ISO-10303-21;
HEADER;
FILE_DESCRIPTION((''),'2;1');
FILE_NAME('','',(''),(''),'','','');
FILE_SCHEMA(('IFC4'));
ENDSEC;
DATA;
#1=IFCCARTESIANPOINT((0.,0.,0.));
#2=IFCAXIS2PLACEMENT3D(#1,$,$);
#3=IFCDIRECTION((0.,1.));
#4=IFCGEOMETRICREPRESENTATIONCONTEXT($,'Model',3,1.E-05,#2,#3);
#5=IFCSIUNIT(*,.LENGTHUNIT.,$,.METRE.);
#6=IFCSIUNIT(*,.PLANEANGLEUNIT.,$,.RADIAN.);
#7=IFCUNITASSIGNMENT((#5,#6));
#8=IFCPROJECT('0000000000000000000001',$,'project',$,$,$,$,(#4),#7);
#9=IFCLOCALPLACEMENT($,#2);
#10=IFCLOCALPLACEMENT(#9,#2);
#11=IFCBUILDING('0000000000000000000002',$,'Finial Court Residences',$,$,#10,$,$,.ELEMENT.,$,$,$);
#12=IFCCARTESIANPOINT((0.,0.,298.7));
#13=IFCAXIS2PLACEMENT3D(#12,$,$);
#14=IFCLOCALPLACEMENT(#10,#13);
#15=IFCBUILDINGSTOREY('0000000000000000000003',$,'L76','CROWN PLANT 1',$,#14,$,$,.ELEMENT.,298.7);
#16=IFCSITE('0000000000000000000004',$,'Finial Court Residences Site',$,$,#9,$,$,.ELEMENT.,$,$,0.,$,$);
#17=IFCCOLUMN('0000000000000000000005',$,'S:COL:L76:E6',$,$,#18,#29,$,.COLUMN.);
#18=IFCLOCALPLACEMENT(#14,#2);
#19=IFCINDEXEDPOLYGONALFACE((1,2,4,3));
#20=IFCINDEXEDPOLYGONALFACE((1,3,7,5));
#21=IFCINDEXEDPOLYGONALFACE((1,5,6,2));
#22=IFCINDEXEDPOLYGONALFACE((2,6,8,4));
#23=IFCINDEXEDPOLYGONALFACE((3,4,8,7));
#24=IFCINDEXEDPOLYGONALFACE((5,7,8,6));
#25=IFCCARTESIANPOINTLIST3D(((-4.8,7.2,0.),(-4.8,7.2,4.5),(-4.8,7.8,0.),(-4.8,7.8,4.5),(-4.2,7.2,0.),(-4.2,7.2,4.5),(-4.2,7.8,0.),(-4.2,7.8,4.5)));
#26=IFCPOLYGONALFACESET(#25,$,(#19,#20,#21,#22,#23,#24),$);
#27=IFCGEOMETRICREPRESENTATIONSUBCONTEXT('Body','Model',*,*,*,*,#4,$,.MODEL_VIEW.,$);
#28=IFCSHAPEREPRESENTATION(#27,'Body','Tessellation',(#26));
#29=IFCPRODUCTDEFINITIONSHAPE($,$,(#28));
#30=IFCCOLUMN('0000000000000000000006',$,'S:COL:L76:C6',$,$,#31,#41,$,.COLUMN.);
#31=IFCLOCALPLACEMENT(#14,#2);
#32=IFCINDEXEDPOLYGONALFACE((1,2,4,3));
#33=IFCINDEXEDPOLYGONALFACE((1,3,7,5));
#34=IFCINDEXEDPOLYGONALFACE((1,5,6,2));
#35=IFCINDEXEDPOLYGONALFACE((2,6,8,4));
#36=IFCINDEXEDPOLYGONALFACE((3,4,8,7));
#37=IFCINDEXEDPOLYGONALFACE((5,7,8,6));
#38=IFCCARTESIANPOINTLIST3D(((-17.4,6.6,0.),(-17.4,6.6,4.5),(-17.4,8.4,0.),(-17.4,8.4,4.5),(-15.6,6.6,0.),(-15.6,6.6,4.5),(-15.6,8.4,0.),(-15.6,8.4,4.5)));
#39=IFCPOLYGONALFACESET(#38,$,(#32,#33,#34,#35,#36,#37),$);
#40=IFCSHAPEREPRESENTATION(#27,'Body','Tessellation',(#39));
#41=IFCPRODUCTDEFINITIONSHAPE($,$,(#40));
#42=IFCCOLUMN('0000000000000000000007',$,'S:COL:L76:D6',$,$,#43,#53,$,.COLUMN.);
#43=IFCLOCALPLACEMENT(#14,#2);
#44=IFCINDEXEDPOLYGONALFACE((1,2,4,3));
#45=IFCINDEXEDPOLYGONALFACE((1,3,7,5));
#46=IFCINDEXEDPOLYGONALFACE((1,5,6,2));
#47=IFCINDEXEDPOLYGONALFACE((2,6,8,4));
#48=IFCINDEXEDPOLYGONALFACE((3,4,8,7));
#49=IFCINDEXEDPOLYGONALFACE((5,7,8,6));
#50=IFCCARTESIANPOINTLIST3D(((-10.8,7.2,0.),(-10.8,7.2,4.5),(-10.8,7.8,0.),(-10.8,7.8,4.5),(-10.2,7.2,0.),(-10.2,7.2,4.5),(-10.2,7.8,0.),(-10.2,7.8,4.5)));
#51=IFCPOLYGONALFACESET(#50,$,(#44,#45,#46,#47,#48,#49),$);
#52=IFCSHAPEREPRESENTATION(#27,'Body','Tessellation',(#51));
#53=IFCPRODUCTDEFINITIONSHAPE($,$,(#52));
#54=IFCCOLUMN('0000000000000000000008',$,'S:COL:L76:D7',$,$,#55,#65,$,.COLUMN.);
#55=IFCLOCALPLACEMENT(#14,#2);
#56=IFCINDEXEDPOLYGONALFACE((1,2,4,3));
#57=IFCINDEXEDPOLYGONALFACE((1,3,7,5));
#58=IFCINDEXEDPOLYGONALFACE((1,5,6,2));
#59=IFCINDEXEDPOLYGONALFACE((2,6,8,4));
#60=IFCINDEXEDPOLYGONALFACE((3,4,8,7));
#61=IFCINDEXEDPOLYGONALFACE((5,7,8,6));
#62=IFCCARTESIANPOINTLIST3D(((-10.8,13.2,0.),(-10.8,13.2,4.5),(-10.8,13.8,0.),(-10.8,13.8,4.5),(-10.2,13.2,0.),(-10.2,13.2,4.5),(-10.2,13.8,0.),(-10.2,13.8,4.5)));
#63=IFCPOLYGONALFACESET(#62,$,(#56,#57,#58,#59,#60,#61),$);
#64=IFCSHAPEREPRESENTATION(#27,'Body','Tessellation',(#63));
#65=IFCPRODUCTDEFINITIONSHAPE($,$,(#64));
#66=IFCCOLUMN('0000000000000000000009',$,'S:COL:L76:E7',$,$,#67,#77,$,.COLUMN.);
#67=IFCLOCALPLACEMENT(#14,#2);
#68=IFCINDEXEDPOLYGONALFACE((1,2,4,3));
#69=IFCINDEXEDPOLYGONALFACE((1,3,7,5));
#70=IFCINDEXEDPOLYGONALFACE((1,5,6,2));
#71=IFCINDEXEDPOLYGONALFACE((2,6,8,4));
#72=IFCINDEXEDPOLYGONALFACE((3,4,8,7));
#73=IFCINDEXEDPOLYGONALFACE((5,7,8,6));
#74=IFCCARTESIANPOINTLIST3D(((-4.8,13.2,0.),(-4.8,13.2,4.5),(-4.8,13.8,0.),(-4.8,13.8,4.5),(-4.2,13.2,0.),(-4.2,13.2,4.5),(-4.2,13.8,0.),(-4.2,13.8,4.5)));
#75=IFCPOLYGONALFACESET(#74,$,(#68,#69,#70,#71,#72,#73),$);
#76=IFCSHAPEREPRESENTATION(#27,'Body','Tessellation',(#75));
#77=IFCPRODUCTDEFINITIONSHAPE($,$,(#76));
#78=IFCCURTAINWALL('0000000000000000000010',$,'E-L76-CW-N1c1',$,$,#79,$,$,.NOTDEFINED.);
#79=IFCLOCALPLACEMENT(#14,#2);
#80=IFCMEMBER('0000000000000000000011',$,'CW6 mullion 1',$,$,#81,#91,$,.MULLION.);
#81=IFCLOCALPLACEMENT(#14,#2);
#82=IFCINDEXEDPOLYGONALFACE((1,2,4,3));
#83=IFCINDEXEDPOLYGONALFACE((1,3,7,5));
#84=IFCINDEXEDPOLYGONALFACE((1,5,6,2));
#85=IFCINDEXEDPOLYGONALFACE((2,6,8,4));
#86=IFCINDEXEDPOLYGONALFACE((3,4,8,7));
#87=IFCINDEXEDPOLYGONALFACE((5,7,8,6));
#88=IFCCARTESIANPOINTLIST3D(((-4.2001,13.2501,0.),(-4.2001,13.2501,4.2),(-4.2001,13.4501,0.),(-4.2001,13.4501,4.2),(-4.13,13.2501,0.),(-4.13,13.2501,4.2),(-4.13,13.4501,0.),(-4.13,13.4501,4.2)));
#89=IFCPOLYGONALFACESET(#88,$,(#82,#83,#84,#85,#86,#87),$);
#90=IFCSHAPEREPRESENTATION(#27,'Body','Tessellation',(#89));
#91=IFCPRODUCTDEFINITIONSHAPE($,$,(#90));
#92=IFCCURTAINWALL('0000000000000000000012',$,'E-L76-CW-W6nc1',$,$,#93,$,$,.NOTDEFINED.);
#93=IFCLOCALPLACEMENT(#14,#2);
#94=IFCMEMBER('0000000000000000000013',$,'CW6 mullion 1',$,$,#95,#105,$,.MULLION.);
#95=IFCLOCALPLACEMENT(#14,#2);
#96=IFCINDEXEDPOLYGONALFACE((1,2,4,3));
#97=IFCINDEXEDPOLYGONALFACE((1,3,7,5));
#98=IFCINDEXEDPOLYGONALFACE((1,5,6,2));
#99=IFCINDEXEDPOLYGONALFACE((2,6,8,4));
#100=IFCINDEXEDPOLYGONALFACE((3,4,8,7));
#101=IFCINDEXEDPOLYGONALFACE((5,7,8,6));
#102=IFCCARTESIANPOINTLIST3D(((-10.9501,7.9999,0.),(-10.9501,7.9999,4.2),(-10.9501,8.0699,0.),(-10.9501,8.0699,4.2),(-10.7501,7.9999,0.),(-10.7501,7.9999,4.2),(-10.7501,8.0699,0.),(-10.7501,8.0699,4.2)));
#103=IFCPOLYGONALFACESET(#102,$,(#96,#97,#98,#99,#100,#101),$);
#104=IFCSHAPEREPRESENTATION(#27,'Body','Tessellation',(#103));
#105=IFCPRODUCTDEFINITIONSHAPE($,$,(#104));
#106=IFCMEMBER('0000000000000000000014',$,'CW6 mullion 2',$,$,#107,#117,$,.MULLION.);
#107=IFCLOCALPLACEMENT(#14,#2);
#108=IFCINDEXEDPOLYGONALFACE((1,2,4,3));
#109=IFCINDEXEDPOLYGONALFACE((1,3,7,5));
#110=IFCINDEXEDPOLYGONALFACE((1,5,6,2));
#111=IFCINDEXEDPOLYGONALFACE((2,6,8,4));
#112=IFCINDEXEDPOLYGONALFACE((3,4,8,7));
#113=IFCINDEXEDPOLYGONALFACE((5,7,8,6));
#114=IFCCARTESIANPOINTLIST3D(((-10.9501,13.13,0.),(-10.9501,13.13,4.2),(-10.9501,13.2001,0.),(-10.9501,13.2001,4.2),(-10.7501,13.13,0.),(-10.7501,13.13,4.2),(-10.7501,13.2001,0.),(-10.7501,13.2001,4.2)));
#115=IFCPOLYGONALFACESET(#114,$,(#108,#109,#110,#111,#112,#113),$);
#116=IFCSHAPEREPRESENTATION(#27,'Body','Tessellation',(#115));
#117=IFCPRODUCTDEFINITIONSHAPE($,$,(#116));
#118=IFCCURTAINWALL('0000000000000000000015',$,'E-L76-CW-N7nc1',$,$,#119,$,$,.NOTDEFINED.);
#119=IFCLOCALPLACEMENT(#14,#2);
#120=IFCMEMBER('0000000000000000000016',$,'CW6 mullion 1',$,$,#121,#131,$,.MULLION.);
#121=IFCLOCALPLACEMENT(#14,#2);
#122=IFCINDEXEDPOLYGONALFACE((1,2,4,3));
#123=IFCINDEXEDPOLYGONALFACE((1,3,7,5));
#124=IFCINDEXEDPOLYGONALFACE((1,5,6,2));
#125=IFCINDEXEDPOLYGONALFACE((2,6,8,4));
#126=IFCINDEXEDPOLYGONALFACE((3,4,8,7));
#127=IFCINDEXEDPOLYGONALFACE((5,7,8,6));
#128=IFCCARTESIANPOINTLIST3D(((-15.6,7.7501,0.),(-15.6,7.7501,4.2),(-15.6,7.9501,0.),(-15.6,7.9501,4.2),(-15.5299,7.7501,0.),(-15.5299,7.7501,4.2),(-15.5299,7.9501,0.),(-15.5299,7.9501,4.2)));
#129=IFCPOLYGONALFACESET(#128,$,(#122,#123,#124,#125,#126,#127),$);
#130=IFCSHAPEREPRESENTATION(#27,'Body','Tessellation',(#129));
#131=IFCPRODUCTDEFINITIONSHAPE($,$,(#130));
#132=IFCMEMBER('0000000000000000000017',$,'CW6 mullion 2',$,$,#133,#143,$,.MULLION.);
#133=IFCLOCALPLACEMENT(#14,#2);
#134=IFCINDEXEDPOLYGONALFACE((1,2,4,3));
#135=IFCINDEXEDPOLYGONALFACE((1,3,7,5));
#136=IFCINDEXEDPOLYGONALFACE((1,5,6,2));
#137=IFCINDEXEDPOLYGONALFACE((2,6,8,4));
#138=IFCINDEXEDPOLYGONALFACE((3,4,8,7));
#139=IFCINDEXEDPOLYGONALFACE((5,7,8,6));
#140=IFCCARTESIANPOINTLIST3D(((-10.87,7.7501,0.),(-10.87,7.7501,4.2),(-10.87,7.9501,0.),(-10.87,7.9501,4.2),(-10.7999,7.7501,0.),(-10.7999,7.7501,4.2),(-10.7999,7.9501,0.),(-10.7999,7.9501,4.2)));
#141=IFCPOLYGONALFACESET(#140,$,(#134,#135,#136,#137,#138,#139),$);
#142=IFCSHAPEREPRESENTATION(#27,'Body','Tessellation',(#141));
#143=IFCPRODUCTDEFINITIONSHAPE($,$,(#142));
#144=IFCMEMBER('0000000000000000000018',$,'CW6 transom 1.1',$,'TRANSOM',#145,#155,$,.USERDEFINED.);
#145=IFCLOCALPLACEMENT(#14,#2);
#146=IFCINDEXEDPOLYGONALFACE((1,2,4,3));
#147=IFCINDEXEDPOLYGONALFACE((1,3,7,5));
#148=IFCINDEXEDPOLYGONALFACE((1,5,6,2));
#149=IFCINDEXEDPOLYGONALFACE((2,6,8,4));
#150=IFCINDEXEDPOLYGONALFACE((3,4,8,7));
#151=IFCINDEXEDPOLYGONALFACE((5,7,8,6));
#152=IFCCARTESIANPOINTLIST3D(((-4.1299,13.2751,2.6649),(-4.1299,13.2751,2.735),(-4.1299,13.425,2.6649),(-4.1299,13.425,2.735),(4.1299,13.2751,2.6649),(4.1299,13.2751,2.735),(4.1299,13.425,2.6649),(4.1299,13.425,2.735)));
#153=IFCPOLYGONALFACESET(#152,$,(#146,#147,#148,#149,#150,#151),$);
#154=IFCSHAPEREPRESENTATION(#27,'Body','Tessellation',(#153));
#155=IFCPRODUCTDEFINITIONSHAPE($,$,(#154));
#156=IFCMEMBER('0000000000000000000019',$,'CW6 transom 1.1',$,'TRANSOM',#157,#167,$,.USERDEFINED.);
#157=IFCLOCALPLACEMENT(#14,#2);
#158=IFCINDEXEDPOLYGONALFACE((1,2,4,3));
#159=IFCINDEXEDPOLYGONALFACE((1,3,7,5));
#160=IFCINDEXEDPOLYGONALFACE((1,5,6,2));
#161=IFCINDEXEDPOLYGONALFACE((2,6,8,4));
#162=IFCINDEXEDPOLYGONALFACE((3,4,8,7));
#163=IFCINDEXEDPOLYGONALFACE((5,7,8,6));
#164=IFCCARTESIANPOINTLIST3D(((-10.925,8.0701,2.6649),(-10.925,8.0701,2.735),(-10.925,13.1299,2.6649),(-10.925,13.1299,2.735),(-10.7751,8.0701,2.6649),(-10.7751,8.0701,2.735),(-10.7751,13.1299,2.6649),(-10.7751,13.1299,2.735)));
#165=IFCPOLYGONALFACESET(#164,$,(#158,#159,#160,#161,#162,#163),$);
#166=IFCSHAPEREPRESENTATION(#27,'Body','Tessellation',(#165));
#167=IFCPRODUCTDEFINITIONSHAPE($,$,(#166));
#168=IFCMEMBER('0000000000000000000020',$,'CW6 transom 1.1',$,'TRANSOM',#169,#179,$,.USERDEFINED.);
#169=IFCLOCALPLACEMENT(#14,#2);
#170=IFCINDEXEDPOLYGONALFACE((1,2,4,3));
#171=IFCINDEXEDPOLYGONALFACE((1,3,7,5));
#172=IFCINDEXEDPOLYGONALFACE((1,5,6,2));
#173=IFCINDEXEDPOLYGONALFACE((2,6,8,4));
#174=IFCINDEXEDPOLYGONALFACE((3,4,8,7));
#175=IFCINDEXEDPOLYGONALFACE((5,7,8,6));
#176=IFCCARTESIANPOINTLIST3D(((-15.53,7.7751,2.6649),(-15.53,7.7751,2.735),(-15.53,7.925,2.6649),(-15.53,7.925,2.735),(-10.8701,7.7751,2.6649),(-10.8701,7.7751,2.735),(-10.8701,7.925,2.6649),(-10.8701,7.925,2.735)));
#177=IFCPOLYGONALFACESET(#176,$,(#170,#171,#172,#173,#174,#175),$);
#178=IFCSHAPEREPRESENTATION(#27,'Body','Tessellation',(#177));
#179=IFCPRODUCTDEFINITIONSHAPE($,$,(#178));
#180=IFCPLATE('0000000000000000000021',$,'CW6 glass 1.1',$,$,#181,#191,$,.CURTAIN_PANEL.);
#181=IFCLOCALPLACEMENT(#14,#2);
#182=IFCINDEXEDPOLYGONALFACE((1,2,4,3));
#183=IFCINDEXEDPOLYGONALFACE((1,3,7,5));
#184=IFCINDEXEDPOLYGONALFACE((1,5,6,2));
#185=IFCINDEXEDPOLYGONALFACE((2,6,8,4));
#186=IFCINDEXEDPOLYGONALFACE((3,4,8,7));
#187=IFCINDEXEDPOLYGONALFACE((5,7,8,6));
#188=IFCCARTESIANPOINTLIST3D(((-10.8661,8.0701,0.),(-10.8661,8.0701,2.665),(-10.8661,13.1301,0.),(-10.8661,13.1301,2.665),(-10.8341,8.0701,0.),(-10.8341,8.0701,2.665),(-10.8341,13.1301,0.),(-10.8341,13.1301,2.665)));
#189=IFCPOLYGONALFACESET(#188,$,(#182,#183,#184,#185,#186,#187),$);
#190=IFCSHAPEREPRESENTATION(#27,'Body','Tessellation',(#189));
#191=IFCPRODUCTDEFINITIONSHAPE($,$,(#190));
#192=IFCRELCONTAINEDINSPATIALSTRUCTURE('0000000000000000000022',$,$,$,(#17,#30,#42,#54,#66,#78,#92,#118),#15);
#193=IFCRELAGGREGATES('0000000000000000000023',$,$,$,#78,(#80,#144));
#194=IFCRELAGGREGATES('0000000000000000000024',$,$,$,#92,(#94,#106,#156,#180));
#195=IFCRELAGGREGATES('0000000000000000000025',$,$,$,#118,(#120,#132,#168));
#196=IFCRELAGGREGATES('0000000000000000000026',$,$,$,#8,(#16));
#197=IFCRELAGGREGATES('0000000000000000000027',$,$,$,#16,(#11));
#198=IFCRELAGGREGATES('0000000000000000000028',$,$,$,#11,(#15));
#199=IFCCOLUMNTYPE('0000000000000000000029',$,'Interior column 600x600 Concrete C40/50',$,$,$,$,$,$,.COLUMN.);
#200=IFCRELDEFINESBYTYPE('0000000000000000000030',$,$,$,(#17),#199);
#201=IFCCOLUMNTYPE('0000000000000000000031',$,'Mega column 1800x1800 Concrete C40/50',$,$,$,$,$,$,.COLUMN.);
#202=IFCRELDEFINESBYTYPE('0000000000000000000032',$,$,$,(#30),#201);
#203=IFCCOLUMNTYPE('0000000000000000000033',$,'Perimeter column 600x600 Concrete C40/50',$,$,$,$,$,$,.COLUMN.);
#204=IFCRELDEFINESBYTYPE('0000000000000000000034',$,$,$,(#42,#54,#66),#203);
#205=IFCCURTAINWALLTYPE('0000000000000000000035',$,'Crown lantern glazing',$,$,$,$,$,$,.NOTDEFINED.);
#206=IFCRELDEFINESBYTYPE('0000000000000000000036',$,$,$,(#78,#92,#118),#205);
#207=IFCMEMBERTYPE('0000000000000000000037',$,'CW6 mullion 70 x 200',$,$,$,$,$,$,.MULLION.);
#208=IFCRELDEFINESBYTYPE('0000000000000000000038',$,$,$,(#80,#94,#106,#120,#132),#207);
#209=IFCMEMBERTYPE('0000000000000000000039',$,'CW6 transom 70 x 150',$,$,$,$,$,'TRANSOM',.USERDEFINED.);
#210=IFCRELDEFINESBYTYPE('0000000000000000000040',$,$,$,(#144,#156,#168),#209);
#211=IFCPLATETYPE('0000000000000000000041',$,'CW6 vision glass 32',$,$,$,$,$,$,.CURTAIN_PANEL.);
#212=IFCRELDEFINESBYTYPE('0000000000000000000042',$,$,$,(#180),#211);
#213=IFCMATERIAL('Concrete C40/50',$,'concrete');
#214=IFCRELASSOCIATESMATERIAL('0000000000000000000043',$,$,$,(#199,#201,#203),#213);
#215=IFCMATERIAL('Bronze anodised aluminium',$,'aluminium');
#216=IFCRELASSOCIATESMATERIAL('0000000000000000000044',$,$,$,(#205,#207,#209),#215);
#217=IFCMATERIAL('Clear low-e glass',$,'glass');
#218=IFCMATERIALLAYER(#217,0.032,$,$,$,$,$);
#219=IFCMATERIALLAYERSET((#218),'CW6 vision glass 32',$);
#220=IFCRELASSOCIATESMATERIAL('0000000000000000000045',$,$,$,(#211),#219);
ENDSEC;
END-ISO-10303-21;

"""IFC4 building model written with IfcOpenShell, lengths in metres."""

from ifc_helpers import new_model, si_unit, direction, frame, origin, origin_2d, place, context, subcontext, project, spatial, rectangle, extrude, material, layer, layer_set, material_profile, profile_set, type_object, element, aggregate, save


model = new_model("IFC4")

# Units and contexts
model_context = context("Model", 3, precision=1e-05, world=origin(), true_north=direction((0.0, 1.0)))
body_context = subcontext(model_context, "Body", "Model", "MODEL_VIEW")
ifc_project = project(units=[si_unit("LENGTHUNIT", "METRE"), si_unit("PLANEANGLEUNIT", "RADIAN")], contexts=[model_context])

# Site, building, storey
site_placement = place(None, origin())
site = spatial("IfcSite", under=ifc_project, at=site_placement, Name="Finial Court Residences Site", CompositionType="ELEMENT", RefElevation=0.0)
building_placement = place(site_placement, origin())
building = spatial("IfcBuilding", under=site, at=building_placement, Name="Finial Court Residences", CompositionType="ELEMENT")
storey_placement = place(building_placement, frame((0.0, 0.0, 298.7)))
storey = spatial("IfcBuildingStorey", under=building, at=storey_placement, Name="L76", Description="CROWN PLANT 1", CompositionType="ELEMENT", Elevation=298.7)

# Columns
ifc_material_1 = material(Name="Concrete C40/50", Category="concrete")
ifc_material_profile_1 = material_profile(ifc_material_1, rectangle(XDim=0.6001, YDim=0.6001, at=origin_2d()), Name="600x600")
ifc_profile_set_1 = profile_set([ifc_material_profile_1], Name="Concrete C40/50")
column_type_1 = type_object("IfcColumnType", Name="Interior column 600x600 Concrete C40/50", PredefinedType="COLUMN", material=ifc_profile_set_1)
column_1_placement = place(storey_placement, frame((-4.5, 7.5, 0.0), z_axis=(0.0, 0.0, 1.0), x_axis=(1.0, 0.0, 0.0)))
element("IfcColumn", 1, at=column_1_placement, inside=storey, type_object=column_type_1, Name="S:COL:L76:E6", PredefinedType="COLUMN", context=body_context, shape_type="SweptSolid", body=[
    extrude(rectangle(XDim=0.6001, YDim=0.6001, at=origin_2d()), origin(), (0.0, 0.0, 1.0), 4.5),
])
ifc_material_profile_2 = material_profile(ifc_material_1, rectangle(XDim=1.8, YDim=1.8, at=origin_2d()), Name="1800x1800")
ifc_profile_set_2 = profile_set([ifc_material_profile_2], Name="Concrete C40/50")
column_type_2 = type_object("IfcColumnType", Name="Mega column 1800x1800 Concrete C40/50", PredefinedType="COLUMN", material=ifc_profile_set_2)
column_2_placement = place(storey_placement, frame((-16.5, 7.5, 0.0), z_axis=(0.0, 0.0, 1.0), x_axis=(1.0, 0.0, 0.0)))
element("IfcColumn", 2, at=column_2_placement, inside=storey, type_object=column_type_2, Name="S:COL:L76:C6", PredefinedType="COLUMN", context=body_context, shape_type="SweptSolid", body=[
    extrude(rectangle(XDim=1.8, YDim=1.8, at=origin_2d()), origin(), (0.0, 0.0, 1.0), 4.5),
])
ifc_material_profile_3 = material_profile(ifc_material_1, rectangle(XDim=0.6001, YDim=0.6001, at=origin_2d()), Name="600x600")
ifc_profile_set_3 = profile_set([ifc_material_profile_3], Name="Concrete C40/50")
column_type_3 = type_object("IfcColumnType", Name="Perimeter column 600x600 Concrete C40/50", PredefinedType="COLUMN", material=ifc_profile_set_3)
for number, where, z_axis, x_axis, name in (
    (3, (-10.5, 7.5, 0.0), (0.0, 0.0, 1.0), (1.0, 0.0, 0.0), "S:COL:L76:D6"),
    (4, (-10.5, 13.5, 0.0), (0.0, 0.0, 1.0), (1.0, 0.0, 0.0), "S:COL:L76:D7"),
    (5, (-4.5, 13.5, 0.0), (0.0, 0.0, 1.0), (1.0, 0.0, 0.0), "S:COL:L76:E7"),
):
    element("IfcColumn", number, at=place(storey_placement, frame(where, z_axis=z_axis, x_axis=x_axis)), inside=storey, type_object=column_type_3, Name=name, PredefinedType="COLUMN", context=body_context, shape_type="SweptSolid", body=[
        extrude(rectangle(XDim=0.6001, YDim=0.6001, at=origin_2d()), origin(), (0.0, 0.0, 1.0), 4.5),
    ])

# Curtain wall, member
ifc_material_2 = material(Name="Bronze anodised aluminium", Category="aluminium")
curtain_wall_type = type_object("IfcCurtainWallType", Name="Crown lantern glazing", PredefinedType="NOTDEFINED", material=ifc_material_2)
curtain_wall_1_placement = place(storey_placement, origin())
curtain_wall_1 = element("IfcCurtainWall", 6, at=curtain_wall_1_placement, inside=storey, type_object=curtain_wall_type, Name="E-L76-CW-N1c1", PredefinedType="NOTDEFINED")
ifc_material_profile_4 = material_profile(ifc_material_2, rectangle(XDim=0.2, YDim=0.0701, at=origin_2d()), Name="CW6 mullion 70 x 200")
ifc_profile_set_4 = profile_set([ifc_material_profile_4], Name="Bronze anodised aluminium")
member_type_1 = type_object("IfcMemberType", Name="CW6 mullion 70 x 200", PredefinedType="MULLION", material=ifc_profile_set_4)
member_1_placement = place(storey_placement, frame((-4.165, 13.3501, 0.0), z_axis=(0.0, 0.0, 1.0), x_axis=(0.0, 1.0, 0.0)))
member_1 = element("IfcMember", 7, at=member_1_placement, type_object=member_type_1, Name="CW6 mullion 1", PredefinedType="MULLION", context=body_context, shape_type="SweptSolid", body=[
    extrude(rectangle(XDim=0.2, YDim=0.0701, at=origin_2d()), origin(), (0.0, 0.0, 1.0), 4.2),
])

# Curtain walls, members
curtain_wall_2_placement = place(storey_placement, origin())
curtain_wall_2 = element("IfcCurtainWall", 8, at=curtain_wall_2_placement, inside=storey, type_object=curtain_wall_type, Name="E-L76-CW-W6nc1", PredefinedType="NOTDEFINED")
member_2_placement = place(storey_placement, frame((-10.8501, 8.0349, 0.0), z_axis=(0.0, 0.0, 1.0), x_axis=(-1.0, 0.0, 0.0)))
member_2 = element("IfcMember", 9, at=member_2_placement, type_object=member_type_1, Name="CW6 mullion 1", PredefinedType="MULLION", context=body_context, shape_type="SweptSolid", body=[
    extrude(rectangle(XDim=0.2, YDim=0.0701, at=origin_2d()), origin(), (0.0, 0.0, 1.0), 4.2),
])
member_3_placement = place(storey_placement, frame((-10.8501, 13.165, 0.0), z_axis=(0.0, 0.0, 1.0), x_axis=(-1.0, 0.0, 0.0)))
member_3 = element("IfcMember", 10, at=member_3_placement, type_object=member_type_1, Name="CW6 mullion 2", PredefinedType="MULLION", context=body_context, shape_type="SweptSolid", body=[
    extrude(rectangle(XDim=0.2, YDim=0.0701, at=origin_2d()), origin(), (0.0, 0.0, 1.0), 4.2),
])
curtain_wall_3_placement = place(storey_placement, origin())
curtain_wall_3 = element("IfcCurtainWall", 11, at=curtain_wall_3_placement, inside=storey, type_object=curtain_wall_type, Name="E-L76-CW-N7nc1", PredefinedType="NOTDEFINED")
member_4_placement = place(storey_placement, frame((-15.5649, 7.8501, 0.0), z_axis=(0.0, 0.0, 1.0), x_axis=(0.0, 1.0, 0.0)))
member_4 = element("IfcMember", 12, at=member_4_placement, type_object=member_type_1, Name="CW6 mullion 1", PredefinedType="MULLION", context=body_context, shape_type="SweptSolid", body=[
    extrude(rectangle(XDim=0.2, YDim=0.0701, at=origin_2d()), origin(), (0.0, 0.0, 1.0), 4.2),
])
member_5_placement = place(storey_placement, frame((-10.835, 7.8501, 0.0), z_axis=(0.0, 0.0, 1.0), x_axis=(0.0, 1.0, 0.0)))
member_5 = element("IfcMember", 13, at=member_5_placement, type_object=member_type_1, Name="CW6 mullion 2", PredefinedType="MULLION", context=body_context, shape_type="SweptSolid", body=[
    extrude(rectangle(XDim=0.2, YDim=0.0701, at=origin_2d()), origin(), (0.0, 0.0, 1.0), 4.2),
])

# Members
ifc_material_profile_5 = material_profile(ifc_material_2, rectangle(XDim=0.1499, YDim=0.0701, at=origin_2d()), Name="CW6 transom 70 x 150")
ifc_profile_set_5 = profile_set([ifc_material_profile_5], Name="Bronze anodised aluminium")
member_type_2 = type_object("IfcMemberType", Name="CW6 transom 70 x 150", ElementType="TRANSOM", PredefinedType="USERDEFINED", material=ifc_profile_set_5)
member_6_placement = place(storey_placement, frame((-4.1299, 13.3501, 2.7), z_axis=(1.0, 0.0, 0.0), x_axis=(0.0, 1.0, 0.0)))
member_6 = element("IfcMember", 14, at=member_6_placement, type_object=member_type_2, Name="CW6 transom 1.1", ObjectType="TRANSOM", PredefinedType="USERDEFINED", context=body_context, shape_type="SweptSolid", body=[
    extrude(rectangle(XDim=0.1499, YDim=0.0701, at=origin_2d()), origin(), (0.0, 0.0, 1.0), 8.2598),
])
aggregate(curtain_wall_1, [member_1, member_6])
member_7_placement = place(storey_placement, frame((-10.8501, 8.0701, 2.7), z_axis=(0.0, 1.0, 0.0), x_axis=(-1.0, 0.0, 0.0)))
member_7 = element("IfcMember", 15, at=member_7_placement, type_object=member_type_2, Name="CW6 transom 1.1", ObjectType="TRANSOM", PredefinedType="USERDEFINED", context=body_context, shape_type="SweptSolid", body=[
    extrude(rectangle(XDim=0.1499, YDim=0.0701, at=origin_2d()), origin(), (0.0, 0.0, 1.0), 5.0598),
])
member_8_placement = place(storey_placement, frame((-15.53, 7.8501, 2.7), z_axis=(1.0, 0.0, 0.0), x_axis=(0.0, 1.0, 0.0)))
member_8 = element("IfcMember", 16, at=member_8_placement, type_object=member_type_2, Name="CW6 transom 1.1", ObjectType="TRANSOM", PredefinedType="USERDEFINED", context=body_context, shape_type="SweptSolid", body=[
    extrude(rectangle(XDim=0.1499, YDim=0.0701, at=origin_2d()), origin(), (0.0, 0.0, 1.0), 4.6599),
])

# Plate
ifc_material_3 = material(Name="Clear low-e glass", Category="glass")
ifc_layer_1 = layer(ifc_material_3, 0.032)
ifc_layer_set_1 = layer_set([ifc_layer_1], Name="CW6 vision glass 32")
plate_type = type_object("IfcPlateType", Name="CW6 vision glass 32", PredefinedType="CURTAIN_PANEL", material=ifc_layer_set_1)
plate_1_placement = place(storey_placement, frame((-10.8501, 10.6001, 0.0), z_axis=(0.0, 0.0, 1.0), x_axis=(0.0, 1.0, 0.0)))
plate_1 = element("IfcPlate", 17, at=plate_1_placement, type_object=plate_type, Name="CW6 glass 1.1", PredefinedType="CURTAIN_PANEL", context=body_context, shape_type="SweptSolid", body=[
    extrude(rectangle(XDim=5.0601, YDim=0.032, at=origin_2d()), origin(), (0.0, 0.0, 1.0), 2.665),
])

aggregate(curtain_wall_2, [member_2, member_3, member_7, plate_1])
aggregate(curtain_wall_3, [member_4, member_5, member_8])

save(model, "model.ifc")
